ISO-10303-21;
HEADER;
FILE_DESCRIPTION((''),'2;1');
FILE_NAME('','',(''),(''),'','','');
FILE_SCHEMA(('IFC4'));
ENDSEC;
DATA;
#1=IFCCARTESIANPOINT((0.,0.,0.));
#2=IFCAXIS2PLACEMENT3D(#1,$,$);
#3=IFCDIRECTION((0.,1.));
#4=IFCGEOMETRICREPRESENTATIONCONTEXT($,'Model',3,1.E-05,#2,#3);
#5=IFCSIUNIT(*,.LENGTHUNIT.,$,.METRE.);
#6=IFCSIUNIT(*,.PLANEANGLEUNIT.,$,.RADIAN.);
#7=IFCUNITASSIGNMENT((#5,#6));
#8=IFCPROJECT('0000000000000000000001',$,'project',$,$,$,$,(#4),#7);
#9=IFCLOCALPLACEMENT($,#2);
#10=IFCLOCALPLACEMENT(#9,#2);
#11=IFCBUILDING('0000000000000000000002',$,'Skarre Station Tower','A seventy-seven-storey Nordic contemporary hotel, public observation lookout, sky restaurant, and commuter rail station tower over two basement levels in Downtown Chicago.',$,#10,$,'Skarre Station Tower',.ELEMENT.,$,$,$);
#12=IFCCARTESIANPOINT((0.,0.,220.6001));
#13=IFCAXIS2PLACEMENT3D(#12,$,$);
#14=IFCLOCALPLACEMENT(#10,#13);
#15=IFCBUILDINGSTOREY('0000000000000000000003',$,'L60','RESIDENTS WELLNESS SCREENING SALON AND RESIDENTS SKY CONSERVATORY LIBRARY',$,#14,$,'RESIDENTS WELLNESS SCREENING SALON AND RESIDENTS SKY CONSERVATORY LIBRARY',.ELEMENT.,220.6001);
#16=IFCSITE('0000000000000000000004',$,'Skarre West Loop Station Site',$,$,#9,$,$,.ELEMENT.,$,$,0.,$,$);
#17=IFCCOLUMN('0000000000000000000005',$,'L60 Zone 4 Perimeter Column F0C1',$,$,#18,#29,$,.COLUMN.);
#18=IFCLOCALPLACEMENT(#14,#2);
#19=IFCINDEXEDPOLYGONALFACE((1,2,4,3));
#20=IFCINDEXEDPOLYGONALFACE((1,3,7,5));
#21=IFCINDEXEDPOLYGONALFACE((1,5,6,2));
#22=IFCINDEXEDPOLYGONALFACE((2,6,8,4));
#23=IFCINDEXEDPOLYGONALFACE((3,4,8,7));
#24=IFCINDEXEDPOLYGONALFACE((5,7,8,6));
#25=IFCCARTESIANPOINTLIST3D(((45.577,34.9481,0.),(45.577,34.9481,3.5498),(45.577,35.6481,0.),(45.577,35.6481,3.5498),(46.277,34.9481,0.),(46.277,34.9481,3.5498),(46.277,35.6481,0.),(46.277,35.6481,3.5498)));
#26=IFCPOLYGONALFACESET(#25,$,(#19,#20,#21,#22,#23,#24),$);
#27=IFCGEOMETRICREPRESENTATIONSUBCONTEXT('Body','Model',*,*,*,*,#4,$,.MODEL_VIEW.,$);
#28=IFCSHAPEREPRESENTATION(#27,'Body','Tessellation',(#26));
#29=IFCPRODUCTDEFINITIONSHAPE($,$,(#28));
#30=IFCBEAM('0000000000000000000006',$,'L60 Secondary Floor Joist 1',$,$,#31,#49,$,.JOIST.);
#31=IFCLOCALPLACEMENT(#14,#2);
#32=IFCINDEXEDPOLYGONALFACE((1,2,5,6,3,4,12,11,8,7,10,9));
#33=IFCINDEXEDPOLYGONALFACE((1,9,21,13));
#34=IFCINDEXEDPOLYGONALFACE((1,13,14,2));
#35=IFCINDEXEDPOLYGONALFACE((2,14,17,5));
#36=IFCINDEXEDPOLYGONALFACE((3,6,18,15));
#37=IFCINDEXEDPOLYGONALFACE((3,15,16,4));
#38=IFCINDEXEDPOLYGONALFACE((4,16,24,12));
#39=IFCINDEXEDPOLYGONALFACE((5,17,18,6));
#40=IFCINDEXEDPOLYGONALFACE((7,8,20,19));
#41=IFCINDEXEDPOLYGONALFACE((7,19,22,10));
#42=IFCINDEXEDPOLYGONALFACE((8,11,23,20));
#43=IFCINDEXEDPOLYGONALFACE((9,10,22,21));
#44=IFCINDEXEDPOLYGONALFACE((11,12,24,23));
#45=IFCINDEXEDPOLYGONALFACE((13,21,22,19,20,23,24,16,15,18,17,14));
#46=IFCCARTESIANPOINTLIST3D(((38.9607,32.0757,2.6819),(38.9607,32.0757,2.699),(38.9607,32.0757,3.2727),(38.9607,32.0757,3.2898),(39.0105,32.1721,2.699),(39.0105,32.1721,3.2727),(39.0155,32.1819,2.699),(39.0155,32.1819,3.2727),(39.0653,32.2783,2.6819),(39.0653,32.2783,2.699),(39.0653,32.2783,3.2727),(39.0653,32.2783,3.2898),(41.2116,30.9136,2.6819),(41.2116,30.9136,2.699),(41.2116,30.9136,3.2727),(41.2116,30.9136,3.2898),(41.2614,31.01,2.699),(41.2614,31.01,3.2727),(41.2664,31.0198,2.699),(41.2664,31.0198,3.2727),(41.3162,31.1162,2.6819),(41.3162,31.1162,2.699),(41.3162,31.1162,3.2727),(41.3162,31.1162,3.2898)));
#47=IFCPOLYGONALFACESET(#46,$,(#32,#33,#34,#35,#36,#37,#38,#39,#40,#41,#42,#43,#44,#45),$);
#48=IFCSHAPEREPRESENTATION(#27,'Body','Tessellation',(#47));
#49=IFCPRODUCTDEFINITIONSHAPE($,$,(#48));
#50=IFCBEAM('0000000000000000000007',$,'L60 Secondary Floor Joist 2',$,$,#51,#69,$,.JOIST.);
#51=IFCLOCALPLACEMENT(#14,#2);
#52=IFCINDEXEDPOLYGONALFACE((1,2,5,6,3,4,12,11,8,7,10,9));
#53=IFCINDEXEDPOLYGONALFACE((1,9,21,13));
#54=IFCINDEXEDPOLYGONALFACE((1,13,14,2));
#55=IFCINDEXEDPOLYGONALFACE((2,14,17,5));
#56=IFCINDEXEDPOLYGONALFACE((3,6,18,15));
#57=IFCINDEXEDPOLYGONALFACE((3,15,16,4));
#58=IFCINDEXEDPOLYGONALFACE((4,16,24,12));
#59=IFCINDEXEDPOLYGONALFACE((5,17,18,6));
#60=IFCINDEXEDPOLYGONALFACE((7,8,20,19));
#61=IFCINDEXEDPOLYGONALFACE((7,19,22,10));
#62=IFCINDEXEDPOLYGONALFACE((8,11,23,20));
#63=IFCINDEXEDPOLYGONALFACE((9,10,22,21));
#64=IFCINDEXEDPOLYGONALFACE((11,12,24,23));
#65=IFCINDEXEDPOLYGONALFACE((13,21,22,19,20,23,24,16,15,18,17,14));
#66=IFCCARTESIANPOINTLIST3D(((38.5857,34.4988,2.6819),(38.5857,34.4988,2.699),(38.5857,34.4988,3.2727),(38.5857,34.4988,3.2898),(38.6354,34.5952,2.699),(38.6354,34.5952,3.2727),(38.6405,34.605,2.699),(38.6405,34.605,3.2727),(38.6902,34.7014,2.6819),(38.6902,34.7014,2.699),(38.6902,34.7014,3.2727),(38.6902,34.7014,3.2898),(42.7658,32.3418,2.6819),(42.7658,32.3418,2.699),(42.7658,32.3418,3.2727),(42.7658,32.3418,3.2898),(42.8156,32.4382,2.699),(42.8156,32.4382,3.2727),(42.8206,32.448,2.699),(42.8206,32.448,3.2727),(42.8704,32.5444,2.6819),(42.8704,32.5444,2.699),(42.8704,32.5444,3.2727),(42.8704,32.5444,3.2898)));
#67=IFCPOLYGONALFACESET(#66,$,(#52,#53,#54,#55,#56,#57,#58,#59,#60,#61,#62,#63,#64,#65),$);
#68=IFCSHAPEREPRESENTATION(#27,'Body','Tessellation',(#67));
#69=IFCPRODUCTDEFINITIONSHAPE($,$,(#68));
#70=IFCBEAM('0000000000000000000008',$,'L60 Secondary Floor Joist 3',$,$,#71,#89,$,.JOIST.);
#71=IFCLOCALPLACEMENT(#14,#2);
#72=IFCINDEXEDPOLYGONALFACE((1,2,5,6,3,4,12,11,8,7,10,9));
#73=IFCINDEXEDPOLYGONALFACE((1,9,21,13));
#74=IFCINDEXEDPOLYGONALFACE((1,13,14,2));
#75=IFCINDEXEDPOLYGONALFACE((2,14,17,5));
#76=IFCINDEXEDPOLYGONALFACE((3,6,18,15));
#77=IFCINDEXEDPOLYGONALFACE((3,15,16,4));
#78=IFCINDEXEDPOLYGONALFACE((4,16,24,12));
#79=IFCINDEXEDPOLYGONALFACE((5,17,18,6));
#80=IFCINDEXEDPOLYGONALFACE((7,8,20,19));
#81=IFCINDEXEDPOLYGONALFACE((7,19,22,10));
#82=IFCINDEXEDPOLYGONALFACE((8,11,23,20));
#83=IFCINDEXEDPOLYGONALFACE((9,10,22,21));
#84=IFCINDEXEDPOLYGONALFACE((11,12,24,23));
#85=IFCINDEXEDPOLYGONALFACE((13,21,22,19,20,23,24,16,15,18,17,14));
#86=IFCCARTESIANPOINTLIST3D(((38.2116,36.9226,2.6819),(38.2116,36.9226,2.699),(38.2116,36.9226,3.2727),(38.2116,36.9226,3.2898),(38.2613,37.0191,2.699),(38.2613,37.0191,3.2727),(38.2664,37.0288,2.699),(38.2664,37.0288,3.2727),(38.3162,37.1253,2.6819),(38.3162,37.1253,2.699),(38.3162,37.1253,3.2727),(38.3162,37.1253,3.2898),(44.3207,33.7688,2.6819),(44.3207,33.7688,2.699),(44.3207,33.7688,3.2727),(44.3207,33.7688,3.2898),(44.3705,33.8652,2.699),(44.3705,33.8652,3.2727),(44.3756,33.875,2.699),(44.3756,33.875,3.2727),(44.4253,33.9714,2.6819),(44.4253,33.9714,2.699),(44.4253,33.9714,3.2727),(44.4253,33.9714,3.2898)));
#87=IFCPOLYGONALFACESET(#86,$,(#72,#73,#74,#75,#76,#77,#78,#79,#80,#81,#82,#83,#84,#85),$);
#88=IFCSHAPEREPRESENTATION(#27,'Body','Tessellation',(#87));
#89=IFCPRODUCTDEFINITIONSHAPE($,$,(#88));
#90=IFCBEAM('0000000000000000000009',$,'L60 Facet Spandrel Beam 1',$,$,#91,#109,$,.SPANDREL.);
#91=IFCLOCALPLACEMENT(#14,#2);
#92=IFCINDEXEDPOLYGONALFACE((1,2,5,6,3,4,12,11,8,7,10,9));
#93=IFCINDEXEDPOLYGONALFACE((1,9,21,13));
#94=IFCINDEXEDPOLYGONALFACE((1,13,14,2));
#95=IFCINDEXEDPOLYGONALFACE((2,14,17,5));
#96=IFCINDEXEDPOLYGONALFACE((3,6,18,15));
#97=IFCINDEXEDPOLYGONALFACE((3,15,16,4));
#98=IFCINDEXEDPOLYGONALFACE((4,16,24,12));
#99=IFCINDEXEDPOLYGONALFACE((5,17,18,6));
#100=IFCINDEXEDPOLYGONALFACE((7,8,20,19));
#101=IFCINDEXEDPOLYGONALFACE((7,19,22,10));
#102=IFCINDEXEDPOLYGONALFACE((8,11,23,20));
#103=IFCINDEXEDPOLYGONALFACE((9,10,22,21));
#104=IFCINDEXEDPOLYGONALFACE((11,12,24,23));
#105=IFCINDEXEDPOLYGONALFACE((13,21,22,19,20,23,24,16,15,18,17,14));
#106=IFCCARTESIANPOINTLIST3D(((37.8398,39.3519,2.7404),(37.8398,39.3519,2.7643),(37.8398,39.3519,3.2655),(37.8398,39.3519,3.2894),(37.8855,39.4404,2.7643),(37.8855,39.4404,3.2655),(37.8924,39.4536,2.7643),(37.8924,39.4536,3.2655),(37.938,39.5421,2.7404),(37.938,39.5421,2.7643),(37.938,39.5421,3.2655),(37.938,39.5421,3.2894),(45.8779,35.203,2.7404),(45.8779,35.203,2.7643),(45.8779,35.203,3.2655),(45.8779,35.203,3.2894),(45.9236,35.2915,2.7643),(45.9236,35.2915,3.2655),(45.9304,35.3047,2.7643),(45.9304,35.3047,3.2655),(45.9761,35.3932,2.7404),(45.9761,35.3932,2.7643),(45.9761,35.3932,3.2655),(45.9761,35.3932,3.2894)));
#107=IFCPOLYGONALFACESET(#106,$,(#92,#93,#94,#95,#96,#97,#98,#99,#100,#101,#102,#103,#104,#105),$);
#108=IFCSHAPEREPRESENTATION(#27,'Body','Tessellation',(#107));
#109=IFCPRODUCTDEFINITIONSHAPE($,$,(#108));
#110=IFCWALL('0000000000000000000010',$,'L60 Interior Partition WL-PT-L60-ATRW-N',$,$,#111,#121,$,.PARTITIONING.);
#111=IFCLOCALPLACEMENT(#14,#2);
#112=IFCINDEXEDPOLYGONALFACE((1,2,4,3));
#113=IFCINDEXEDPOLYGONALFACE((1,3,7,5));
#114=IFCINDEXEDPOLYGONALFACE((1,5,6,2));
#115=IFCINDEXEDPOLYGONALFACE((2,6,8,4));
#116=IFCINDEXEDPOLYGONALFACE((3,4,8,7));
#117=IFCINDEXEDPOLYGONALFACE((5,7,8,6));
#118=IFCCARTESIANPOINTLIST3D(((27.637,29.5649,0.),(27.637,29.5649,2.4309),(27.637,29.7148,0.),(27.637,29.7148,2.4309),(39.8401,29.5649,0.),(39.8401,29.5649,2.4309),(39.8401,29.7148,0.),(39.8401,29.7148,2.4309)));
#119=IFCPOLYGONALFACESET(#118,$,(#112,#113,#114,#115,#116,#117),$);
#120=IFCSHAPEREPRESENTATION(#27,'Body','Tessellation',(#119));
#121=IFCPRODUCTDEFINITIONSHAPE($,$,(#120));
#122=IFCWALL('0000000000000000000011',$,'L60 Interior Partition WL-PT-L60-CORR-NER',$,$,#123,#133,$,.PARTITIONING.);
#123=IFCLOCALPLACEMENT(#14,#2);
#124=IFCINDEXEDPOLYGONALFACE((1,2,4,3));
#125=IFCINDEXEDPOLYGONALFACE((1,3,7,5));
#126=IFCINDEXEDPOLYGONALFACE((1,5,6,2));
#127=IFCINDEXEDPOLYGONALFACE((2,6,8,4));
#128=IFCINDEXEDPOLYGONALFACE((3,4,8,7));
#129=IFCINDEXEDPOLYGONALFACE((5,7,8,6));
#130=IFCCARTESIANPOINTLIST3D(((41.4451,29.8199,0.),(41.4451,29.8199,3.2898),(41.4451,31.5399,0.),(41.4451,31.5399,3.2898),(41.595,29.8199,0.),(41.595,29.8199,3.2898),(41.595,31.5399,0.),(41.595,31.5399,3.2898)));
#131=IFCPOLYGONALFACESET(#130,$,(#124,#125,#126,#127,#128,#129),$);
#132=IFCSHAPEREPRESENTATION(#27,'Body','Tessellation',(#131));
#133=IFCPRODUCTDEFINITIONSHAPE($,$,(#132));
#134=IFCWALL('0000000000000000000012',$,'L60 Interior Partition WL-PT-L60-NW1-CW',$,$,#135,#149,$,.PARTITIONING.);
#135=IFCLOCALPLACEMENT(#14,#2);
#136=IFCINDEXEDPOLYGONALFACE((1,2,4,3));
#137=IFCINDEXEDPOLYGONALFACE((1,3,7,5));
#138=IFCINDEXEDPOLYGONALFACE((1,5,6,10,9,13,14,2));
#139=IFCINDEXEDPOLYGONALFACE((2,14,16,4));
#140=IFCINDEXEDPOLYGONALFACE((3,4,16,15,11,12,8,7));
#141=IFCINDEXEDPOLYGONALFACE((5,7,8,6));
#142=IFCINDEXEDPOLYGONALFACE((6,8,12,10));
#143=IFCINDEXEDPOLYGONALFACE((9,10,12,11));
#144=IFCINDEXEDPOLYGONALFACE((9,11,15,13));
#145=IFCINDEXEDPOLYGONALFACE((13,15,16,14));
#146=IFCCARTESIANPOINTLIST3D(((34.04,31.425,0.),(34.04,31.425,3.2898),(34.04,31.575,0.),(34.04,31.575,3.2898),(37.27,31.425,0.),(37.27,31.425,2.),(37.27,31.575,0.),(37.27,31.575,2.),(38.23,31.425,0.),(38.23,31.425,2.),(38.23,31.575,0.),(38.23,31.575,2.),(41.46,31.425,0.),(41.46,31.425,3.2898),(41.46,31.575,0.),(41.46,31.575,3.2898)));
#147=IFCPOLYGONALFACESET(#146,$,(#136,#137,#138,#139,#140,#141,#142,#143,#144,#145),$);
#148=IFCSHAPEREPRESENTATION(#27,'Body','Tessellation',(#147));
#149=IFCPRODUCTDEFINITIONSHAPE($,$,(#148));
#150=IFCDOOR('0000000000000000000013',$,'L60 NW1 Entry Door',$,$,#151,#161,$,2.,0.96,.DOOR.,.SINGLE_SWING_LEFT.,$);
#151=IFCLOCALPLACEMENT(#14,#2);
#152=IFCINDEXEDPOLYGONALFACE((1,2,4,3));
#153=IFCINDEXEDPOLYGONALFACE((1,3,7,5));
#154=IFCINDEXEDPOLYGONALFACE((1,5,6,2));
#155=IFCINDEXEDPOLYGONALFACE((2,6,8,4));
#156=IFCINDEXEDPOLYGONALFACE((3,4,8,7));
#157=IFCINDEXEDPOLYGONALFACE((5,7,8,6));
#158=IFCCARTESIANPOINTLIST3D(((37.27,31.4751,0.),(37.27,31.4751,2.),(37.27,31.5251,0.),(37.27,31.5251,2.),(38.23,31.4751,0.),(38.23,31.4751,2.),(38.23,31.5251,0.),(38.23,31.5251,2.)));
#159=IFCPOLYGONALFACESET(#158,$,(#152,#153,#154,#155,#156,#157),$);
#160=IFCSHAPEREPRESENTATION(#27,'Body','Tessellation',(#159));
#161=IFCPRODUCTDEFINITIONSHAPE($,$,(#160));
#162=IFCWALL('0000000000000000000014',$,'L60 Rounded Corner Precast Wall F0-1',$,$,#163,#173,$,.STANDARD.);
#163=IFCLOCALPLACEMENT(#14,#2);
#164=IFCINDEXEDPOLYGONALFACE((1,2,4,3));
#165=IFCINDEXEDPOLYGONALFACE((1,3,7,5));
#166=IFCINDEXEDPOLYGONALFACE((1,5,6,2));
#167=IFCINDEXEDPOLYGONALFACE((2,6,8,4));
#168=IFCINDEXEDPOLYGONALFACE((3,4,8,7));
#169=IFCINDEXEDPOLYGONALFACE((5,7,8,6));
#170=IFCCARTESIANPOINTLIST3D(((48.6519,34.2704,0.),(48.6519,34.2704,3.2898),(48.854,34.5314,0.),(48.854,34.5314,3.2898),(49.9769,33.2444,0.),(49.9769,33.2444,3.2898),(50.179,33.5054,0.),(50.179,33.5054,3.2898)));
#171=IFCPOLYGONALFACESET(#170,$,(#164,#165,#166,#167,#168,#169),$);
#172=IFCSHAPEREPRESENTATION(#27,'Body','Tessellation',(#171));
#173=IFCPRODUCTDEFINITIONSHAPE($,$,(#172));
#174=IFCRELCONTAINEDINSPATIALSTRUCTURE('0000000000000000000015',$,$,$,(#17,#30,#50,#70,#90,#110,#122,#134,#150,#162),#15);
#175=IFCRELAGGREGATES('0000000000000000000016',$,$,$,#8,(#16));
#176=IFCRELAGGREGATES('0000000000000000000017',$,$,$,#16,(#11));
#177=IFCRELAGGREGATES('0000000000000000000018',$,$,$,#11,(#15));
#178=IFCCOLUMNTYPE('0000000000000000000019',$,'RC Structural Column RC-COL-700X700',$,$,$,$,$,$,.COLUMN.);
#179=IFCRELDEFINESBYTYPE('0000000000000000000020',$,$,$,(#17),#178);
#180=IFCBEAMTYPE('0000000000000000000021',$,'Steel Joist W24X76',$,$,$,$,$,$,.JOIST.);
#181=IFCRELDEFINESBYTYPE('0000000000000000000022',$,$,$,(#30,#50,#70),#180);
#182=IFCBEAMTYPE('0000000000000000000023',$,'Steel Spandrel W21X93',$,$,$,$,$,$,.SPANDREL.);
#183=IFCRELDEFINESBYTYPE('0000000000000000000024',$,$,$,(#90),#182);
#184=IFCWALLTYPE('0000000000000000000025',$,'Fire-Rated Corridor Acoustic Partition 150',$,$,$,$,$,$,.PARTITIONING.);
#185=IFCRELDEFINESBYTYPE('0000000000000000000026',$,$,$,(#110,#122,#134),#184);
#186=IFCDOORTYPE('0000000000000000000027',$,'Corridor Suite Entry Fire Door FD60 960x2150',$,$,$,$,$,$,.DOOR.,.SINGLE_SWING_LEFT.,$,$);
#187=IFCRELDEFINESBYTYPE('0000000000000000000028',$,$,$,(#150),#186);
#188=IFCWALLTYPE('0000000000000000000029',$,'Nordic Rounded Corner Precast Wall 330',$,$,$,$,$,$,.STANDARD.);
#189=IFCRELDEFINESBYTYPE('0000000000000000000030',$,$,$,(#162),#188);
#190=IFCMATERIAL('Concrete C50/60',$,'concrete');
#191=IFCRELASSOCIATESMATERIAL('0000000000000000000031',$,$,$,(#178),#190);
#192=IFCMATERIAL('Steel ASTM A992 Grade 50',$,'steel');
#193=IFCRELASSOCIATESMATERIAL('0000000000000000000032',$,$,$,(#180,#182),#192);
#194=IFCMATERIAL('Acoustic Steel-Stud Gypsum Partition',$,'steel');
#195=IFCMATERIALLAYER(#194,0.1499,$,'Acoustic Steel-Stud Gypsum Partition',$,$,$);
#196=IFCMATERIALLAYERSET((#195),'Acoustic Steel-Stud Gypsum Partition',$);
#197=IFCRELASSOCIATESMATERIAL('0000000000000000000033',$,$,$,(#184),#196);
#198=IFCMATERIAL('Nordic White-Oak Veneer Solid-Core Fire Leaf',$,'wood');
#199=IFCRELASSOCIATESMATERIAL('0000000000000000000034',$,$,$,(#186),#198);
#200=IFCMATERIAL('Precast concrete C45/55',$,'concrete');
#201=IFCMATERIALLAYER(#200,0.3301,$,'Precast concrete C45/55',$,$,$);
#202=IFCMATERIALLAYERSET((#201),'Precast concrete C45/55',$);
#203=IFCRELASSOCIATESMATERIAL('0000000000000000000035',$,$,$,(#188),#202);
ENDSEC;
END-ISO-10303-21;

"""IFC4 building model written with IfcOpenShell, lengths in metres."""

from ifc_helpers import new_model, si_unit, direction, frame, frame_2d, origin, origin_2d, place, context, subcontext, project, spatial, rectangle, i_section, extrude, material, layer, layer_set, material_profile, profile_set, type_object, element, fill, save


model = new_model("IFC4")

# Units and contexts
model_context = context("Model", 3, precision=1e-05, world=origin(), true_north=direction((0.0, 1.0)))
body_context = subcontext(model_context, "Body", "Model", "MODEL_VIEW")
ifc_project = project(units=[si_unit("LENGTHUNIT", "METRE"), si_unit("PLANEANGLEUNIT", "RADIAN")], contexts=[model_context])

# Site, building, storey
site_placement = place(None, origin())
site = spatial("IfcSite", under=ifc_project, at=site_placement, Name="Skarre West Loop Station Site", CompositionType="ELEMENT", RefElevation=0.0)
building_placement = place(site_placement, origin())
building = spatial("IfcBuilding", under=site, at=building_placement, Name="Skarre Station Tower", Description="A seventy-seven-storey Nordic contemporary hotel, public observation lookout, sky restaurant, and commuter rail station tower over two basement levels in Downtown Chicago.", LongName="Skarre Station Tower", CompositionType="ELEMENT")
storey_placement = place(building_placement, frame((0.0, 0.0, 220.6001)))
storey = spatial("IfcBuildingStorey", under=building, at=storey_placement, Name="L60", Description="RESIDENTS WELLNESS SCREENING SALON AND RESIDENTS SKY CONSERVATORY LIBRARY", LongName="RESIDENTS WELLNESS SCREENING SALON AND RESIDENTS SKY CONSERVATORY LIBRARY", CompositionType="ELEMENT", Elevation=220.6001)

# Column
ifc_material_1 = material(Name="Concrete C50/60", Category="concrete")
ifc_material_profile_1 = material_profile(ifc_material_1, rectangle(XDim=0.7, YDim=0.7, at=origin_2d()), Name="Concrete C50/60")
ifc_profile_set_1 = profile_set([ifc_material_profile_1], Name="Concrete C50/60")
column_type = type_object("IfcColumnType", Name="RC Structural Column RC-COL-700X700", PredefinedType="COLUMN", material=ifc_profile_set_1)
column_placement = place(storey_placement, frame((45.927, 35.2981, 0.0), z_axis=(0.0, 0.0, 1.0), x_axis=(1.0, 0.0, 0.0)))
element("IfcColumn", 1, at=column_placement, inside=storey, type_object=column_type, Name="L60 Zone 4 Perimeter Column F0C1", PredefinedType="COLUMN", context=body_context, shape_type="SweptSolid", body=[
    extrude(rectangle(XDim=0.7, YDim=0.7, at=origin_2d()), origin(), (0.0, 0.0, 1.0), 3.5498),
])

# Beams
ifc_material_2 = material(Name="Steel ASTM A992 Grade 50", Category="steel")
ifc_material_profile_2 = material_profile(ifc_material_2, i_section(OverallWidth=0.228, OverallDepth=0.6079, WebThickness=0.011, FlangeThickness=0.0171, at=origin_2d()), Name="Steel ASTM A992 Grade 50")
ifc_profile_set_2 = profile_set([ifc_material_profile_2], Name="Steel ASTM A992 Grade 50")
beam_type_1 = type_object("IfcBeamType", Name="Steel Joist W24X76", PredefinedType="JOIST", material=ifc_profile_set_2)
beam_1_placement = place(storey_placement, frame((41.2639, 31.0149, 2.9858), z_axis=(-0.88857, 0.458741, 0.0), x_axis=(-0.458741, -0.88857, 0.0)))
element("IfcBeam", 2, at=beam_1_placement, inside=storey, type_object=beam_type_1, Name="L60 Secondary Floor Joist 1", PredefinedType="JOIST", context=body_context, shape_type="SweptSolid", body=[
    extrude(i_section(OverallWidth=0.228, OverallDepth=0.6079, WebThickness=0.011, FlangeThickness=0.0171, at=origin_2d()), origin(), (0.0, 0.0, 1.0), 2.5332),
])
beam_2_placement = place(storey_placement, frame((42.8181, 32.4431, 2.9858), z_axis=(-0.888666, 0.458554, 0.0), x_axis=(-0.458554, -0.888666, 0.0)))
element("IfcBeam", 3, at=beam_2_placement, inside=storey, type_object=beam_type_1, Name="L60 Secondary Floor Joist 2", PredefinedType="JOIST", context=body_context, shape_type="SweptSolid", body=[
    extrude(i_section(OverallWidth=0.228, OverallDepth=0.6079, WebThickness=0.011, FlangeThickness=0.0171, at=origin_2d()), origin(), (0.0, 0.0, 1.0), 4.7039),
])
beam_3_placement = place(storey_placement, frame((44.373, 33.8701, 2.9858), z_axis=(-0.888579, 0.458724, 0.0), x_axis=(-0.458724, -0.888579, 0.0)))
element("IfcBeam", 4, at=beam_3_placement, inside=storey, type_object=beam_type_1, Name="L60 Secondary Floor Joist 3", PredefinedType="JOIST", context=body_context, shape_type="SweptSolid", body=[
    extrude(i_section(OverallWidth=0.228, OverallDepth=0.6079, WebThickness=0.011, FlangeThickness=0.0171, at=origin_2d()), origin(), (0.0, 0.0, 1.0), 6.8752),
])
ifc_material_profile_3 = material_profile(ifc_material_2, i_section(OverallWidth=0.2141, OverallDepth=0.5491, WebThickness=0.0149, FlangeThickness=0.0239, at=origin_2d()), Name="Steel ASTM A992 Grade 50")
ifc_profile_set_3 = profile_set([ifc_material_profile_3], Name="Steel ASTM A992 Grade 50")
beam_type_2 = type_object("IfcBeamType", Name="Steel Spandrel W21X93", PredefinedType="SPANDREL", material=ifc_profile_set_3)
beam_4_placement = place(storey_placement, frame((45.927, 35.2981, 3.0149), z_axis=(-0.88861, 0.458664, 0.0), x_axis=(-0.458664, -0.88861, 0.0)))
element("IfcBeam", 5, at=beam_4_placement, inside=storey, type_object=beam_type_2, Name="L60 Facet Spandrel Beam 1", PredefinedType="SPANDREL", context=body_context, shape_type="SweptSolid", body=[
    extrude(i_section(OverallWidth=0.2141, OverallDepth=0.5491, WebThickness=0.0149, FlangeThickness=0.0239, at=origin_2d()), origin(), (0.0, 0.0, 1.0), 9.0457),
])

# Walls
ifc_material_3 = material(Name="Acoustic Steel-Stud Gypsum Partition", Category="steel")
ifc_layer_1 = layer(ifc_material_3, 0.1499, Name="Acoustic Steel-Stud Gypsum Partition")
ifc_layer_set_1 = layer_set([ifc_layer_1], Name="Acoustic Steel-Stud Gypsum Partition")
wall_type_1 = type_object("IfcWallType", Name="Fire-Rated Corridor Acoustic Partition 150", PredefinedType="PARTITIONING", material=ifc_layer_set_1)
wall_1_placement = place(storey_placement, frame((39.8401, 29.6399, 0.0), z_axis=(0.0, 0.0, 1.0), x_axis=(-1.0, 0.0, 0.0)))
element("IfcWall", 6, at=wall_1_placement, inside=storey, type_object=wall_type_1, Name="L60 Interior Partition WL-PT-L60-ATRW-N", PredefinedType="PARTITIONING", context=body_context, shape_type="SweptSolid", body=[
    extrude(rectangle(XDim=12.2031, YDim=0.1499, at=frame_2d((6.1016, 0.0))), origin(), (0.0, 0.0, 1.0), 2.4309),
])
wall_2_placement = place(storey_placement, frame((41.52, 29.8201, 0.0), z_axis=(0.0, 0.0, 1.0), x_axis=(0.0, 1.0, 0.0)))
element("IfcWall", 7, at=wall_2_placement, inside=storey, type_object=wall_type_1, Name="L60 Interior Partition WL-PT-L60-CORR-NER", PredefinedType="PARTITIONING", context=body_context, shape_type="SweptSolid", body=[
    extrude(rectangle(XDim=1.72, YDim=0.1499, at=frame_2d((0.8599, 0.0))), origin(), (0.0, 0.0, 1.0), 3.2898),
])

# Wall, opening, door
wall_3_placement = place(storey_placement, frame((41.46, 31.5, 0.0), z_axis=(0.0, 0.0, 1.0), x_axis=(-1.0, 0.0, 0.0)))
wall_3 = element("IfcWall", 8, at=wall_3_placement, inside=storey, type_object=wall_type_1, Name="L60 Interior Partition WL-PT-L60-NW1-CW", PredefinedType="PARTITIONING", context=body_context, shape_type="SweptSolid", body=[
    extrude(rectangle(XDim=7.4199, YDim=0.1499, at=frame_2d((3.71, 0.0))), origin(), (0.0, 0.0, 1.0), 3.2898),
])
opening_1_placement = place(wall_3_placement, frame((3.23, 0.0, 0.0)))
opening_1 = element("IfcOpeningElement", 9, at=opening_1_placement, cuts=wall_3, PredefinedType="OPENING", context=body_context, shape_type="SweptSolid", body=[
    extrude(rectangle(XDim=0.96, YDim=2.0, at=frame_2d((0.48, 1.0))), frame((0.0, 0.085, 0.0), z_axis=(0.0, -1.0, 0.0), x_axis=(1.0, 0.0, 0.0)), (0.0, 0.0, 1.0), 0.1699),
])
ifc_material_4 = material(Name="Nordic White-Oak Veneer Solid-Core Fire Leaf", Category="wood")
door_type = type_object("IfcDoorType", Name="Corridor Suite Entry Fire Door FD60 960x2150", OperationType="SINGLE_SWING_LEFT", PredefinedType="DOOR", material=ifc_material_4)
door_placement = place(opening_1_placement, origin())
door = element("IfcDoor", 10, at=door_placement, inside=storey, type_object=door_type, Name="L60 NW1 Entry Door", OperationType="SINGLE_SWING_LEFT", OverallHeight=2.0, OverallWidth=0.96, PredefinedType="DOOR", context=body_context, shape_type="SweptSolid", body=[
    extrude(rectangle(XDim=0.96, YDim=2.0, at=frame_2d((0.48, 1.0))), frame((0.0, 0.0249, 0.0), z_axis=(0.0, -1.0, 0.0), x_axis=(1.0, 0.0, 0.0)), (0.0, 0.0, 1.0), 0.05),
])
fill(opening_1, door)

# Wall
ifc_material_5 = material(Name="Precast concrete C45/55", Category="concrete")
ifc_layer_2 = layer(ifc_material_5, 0.3301, Name="Precast concrete C45/55")
ifc_layer_set_2 = layer_set([ifc_layer_2], Name="Precast concrete C45/55")
wall_type_2 = type_object("IfcWallType", Name="Nordic Rounded Corner Precast Wall 330", PredefinedType="STANDARD", material=ifc_layer_set_2)
wall_4_placement = place(storey_placement, frame((48.7529, 34.4009, 0.0), z_axis=(0.0, 0.0, 1.0), x_axis=(0.790692, -0.612214, 0.0)))
element("IfcWall", 11, at=wall_4_placement, inside=storey, type_object=wall_type_2, Name="L60 Rounded Corner Precast Wall F0-1", PredefinedType="STANDARD", context=body_context, shape_type="SweptSolid", body=[
    extrude(rectangle(XDim=1.6758, YDim=0.3301, at=frame_2d((0.8379, 0.0))), origin(), (0.0, 0.0, 1.0), 3.2898),
])

save(model, "model.ifc")
